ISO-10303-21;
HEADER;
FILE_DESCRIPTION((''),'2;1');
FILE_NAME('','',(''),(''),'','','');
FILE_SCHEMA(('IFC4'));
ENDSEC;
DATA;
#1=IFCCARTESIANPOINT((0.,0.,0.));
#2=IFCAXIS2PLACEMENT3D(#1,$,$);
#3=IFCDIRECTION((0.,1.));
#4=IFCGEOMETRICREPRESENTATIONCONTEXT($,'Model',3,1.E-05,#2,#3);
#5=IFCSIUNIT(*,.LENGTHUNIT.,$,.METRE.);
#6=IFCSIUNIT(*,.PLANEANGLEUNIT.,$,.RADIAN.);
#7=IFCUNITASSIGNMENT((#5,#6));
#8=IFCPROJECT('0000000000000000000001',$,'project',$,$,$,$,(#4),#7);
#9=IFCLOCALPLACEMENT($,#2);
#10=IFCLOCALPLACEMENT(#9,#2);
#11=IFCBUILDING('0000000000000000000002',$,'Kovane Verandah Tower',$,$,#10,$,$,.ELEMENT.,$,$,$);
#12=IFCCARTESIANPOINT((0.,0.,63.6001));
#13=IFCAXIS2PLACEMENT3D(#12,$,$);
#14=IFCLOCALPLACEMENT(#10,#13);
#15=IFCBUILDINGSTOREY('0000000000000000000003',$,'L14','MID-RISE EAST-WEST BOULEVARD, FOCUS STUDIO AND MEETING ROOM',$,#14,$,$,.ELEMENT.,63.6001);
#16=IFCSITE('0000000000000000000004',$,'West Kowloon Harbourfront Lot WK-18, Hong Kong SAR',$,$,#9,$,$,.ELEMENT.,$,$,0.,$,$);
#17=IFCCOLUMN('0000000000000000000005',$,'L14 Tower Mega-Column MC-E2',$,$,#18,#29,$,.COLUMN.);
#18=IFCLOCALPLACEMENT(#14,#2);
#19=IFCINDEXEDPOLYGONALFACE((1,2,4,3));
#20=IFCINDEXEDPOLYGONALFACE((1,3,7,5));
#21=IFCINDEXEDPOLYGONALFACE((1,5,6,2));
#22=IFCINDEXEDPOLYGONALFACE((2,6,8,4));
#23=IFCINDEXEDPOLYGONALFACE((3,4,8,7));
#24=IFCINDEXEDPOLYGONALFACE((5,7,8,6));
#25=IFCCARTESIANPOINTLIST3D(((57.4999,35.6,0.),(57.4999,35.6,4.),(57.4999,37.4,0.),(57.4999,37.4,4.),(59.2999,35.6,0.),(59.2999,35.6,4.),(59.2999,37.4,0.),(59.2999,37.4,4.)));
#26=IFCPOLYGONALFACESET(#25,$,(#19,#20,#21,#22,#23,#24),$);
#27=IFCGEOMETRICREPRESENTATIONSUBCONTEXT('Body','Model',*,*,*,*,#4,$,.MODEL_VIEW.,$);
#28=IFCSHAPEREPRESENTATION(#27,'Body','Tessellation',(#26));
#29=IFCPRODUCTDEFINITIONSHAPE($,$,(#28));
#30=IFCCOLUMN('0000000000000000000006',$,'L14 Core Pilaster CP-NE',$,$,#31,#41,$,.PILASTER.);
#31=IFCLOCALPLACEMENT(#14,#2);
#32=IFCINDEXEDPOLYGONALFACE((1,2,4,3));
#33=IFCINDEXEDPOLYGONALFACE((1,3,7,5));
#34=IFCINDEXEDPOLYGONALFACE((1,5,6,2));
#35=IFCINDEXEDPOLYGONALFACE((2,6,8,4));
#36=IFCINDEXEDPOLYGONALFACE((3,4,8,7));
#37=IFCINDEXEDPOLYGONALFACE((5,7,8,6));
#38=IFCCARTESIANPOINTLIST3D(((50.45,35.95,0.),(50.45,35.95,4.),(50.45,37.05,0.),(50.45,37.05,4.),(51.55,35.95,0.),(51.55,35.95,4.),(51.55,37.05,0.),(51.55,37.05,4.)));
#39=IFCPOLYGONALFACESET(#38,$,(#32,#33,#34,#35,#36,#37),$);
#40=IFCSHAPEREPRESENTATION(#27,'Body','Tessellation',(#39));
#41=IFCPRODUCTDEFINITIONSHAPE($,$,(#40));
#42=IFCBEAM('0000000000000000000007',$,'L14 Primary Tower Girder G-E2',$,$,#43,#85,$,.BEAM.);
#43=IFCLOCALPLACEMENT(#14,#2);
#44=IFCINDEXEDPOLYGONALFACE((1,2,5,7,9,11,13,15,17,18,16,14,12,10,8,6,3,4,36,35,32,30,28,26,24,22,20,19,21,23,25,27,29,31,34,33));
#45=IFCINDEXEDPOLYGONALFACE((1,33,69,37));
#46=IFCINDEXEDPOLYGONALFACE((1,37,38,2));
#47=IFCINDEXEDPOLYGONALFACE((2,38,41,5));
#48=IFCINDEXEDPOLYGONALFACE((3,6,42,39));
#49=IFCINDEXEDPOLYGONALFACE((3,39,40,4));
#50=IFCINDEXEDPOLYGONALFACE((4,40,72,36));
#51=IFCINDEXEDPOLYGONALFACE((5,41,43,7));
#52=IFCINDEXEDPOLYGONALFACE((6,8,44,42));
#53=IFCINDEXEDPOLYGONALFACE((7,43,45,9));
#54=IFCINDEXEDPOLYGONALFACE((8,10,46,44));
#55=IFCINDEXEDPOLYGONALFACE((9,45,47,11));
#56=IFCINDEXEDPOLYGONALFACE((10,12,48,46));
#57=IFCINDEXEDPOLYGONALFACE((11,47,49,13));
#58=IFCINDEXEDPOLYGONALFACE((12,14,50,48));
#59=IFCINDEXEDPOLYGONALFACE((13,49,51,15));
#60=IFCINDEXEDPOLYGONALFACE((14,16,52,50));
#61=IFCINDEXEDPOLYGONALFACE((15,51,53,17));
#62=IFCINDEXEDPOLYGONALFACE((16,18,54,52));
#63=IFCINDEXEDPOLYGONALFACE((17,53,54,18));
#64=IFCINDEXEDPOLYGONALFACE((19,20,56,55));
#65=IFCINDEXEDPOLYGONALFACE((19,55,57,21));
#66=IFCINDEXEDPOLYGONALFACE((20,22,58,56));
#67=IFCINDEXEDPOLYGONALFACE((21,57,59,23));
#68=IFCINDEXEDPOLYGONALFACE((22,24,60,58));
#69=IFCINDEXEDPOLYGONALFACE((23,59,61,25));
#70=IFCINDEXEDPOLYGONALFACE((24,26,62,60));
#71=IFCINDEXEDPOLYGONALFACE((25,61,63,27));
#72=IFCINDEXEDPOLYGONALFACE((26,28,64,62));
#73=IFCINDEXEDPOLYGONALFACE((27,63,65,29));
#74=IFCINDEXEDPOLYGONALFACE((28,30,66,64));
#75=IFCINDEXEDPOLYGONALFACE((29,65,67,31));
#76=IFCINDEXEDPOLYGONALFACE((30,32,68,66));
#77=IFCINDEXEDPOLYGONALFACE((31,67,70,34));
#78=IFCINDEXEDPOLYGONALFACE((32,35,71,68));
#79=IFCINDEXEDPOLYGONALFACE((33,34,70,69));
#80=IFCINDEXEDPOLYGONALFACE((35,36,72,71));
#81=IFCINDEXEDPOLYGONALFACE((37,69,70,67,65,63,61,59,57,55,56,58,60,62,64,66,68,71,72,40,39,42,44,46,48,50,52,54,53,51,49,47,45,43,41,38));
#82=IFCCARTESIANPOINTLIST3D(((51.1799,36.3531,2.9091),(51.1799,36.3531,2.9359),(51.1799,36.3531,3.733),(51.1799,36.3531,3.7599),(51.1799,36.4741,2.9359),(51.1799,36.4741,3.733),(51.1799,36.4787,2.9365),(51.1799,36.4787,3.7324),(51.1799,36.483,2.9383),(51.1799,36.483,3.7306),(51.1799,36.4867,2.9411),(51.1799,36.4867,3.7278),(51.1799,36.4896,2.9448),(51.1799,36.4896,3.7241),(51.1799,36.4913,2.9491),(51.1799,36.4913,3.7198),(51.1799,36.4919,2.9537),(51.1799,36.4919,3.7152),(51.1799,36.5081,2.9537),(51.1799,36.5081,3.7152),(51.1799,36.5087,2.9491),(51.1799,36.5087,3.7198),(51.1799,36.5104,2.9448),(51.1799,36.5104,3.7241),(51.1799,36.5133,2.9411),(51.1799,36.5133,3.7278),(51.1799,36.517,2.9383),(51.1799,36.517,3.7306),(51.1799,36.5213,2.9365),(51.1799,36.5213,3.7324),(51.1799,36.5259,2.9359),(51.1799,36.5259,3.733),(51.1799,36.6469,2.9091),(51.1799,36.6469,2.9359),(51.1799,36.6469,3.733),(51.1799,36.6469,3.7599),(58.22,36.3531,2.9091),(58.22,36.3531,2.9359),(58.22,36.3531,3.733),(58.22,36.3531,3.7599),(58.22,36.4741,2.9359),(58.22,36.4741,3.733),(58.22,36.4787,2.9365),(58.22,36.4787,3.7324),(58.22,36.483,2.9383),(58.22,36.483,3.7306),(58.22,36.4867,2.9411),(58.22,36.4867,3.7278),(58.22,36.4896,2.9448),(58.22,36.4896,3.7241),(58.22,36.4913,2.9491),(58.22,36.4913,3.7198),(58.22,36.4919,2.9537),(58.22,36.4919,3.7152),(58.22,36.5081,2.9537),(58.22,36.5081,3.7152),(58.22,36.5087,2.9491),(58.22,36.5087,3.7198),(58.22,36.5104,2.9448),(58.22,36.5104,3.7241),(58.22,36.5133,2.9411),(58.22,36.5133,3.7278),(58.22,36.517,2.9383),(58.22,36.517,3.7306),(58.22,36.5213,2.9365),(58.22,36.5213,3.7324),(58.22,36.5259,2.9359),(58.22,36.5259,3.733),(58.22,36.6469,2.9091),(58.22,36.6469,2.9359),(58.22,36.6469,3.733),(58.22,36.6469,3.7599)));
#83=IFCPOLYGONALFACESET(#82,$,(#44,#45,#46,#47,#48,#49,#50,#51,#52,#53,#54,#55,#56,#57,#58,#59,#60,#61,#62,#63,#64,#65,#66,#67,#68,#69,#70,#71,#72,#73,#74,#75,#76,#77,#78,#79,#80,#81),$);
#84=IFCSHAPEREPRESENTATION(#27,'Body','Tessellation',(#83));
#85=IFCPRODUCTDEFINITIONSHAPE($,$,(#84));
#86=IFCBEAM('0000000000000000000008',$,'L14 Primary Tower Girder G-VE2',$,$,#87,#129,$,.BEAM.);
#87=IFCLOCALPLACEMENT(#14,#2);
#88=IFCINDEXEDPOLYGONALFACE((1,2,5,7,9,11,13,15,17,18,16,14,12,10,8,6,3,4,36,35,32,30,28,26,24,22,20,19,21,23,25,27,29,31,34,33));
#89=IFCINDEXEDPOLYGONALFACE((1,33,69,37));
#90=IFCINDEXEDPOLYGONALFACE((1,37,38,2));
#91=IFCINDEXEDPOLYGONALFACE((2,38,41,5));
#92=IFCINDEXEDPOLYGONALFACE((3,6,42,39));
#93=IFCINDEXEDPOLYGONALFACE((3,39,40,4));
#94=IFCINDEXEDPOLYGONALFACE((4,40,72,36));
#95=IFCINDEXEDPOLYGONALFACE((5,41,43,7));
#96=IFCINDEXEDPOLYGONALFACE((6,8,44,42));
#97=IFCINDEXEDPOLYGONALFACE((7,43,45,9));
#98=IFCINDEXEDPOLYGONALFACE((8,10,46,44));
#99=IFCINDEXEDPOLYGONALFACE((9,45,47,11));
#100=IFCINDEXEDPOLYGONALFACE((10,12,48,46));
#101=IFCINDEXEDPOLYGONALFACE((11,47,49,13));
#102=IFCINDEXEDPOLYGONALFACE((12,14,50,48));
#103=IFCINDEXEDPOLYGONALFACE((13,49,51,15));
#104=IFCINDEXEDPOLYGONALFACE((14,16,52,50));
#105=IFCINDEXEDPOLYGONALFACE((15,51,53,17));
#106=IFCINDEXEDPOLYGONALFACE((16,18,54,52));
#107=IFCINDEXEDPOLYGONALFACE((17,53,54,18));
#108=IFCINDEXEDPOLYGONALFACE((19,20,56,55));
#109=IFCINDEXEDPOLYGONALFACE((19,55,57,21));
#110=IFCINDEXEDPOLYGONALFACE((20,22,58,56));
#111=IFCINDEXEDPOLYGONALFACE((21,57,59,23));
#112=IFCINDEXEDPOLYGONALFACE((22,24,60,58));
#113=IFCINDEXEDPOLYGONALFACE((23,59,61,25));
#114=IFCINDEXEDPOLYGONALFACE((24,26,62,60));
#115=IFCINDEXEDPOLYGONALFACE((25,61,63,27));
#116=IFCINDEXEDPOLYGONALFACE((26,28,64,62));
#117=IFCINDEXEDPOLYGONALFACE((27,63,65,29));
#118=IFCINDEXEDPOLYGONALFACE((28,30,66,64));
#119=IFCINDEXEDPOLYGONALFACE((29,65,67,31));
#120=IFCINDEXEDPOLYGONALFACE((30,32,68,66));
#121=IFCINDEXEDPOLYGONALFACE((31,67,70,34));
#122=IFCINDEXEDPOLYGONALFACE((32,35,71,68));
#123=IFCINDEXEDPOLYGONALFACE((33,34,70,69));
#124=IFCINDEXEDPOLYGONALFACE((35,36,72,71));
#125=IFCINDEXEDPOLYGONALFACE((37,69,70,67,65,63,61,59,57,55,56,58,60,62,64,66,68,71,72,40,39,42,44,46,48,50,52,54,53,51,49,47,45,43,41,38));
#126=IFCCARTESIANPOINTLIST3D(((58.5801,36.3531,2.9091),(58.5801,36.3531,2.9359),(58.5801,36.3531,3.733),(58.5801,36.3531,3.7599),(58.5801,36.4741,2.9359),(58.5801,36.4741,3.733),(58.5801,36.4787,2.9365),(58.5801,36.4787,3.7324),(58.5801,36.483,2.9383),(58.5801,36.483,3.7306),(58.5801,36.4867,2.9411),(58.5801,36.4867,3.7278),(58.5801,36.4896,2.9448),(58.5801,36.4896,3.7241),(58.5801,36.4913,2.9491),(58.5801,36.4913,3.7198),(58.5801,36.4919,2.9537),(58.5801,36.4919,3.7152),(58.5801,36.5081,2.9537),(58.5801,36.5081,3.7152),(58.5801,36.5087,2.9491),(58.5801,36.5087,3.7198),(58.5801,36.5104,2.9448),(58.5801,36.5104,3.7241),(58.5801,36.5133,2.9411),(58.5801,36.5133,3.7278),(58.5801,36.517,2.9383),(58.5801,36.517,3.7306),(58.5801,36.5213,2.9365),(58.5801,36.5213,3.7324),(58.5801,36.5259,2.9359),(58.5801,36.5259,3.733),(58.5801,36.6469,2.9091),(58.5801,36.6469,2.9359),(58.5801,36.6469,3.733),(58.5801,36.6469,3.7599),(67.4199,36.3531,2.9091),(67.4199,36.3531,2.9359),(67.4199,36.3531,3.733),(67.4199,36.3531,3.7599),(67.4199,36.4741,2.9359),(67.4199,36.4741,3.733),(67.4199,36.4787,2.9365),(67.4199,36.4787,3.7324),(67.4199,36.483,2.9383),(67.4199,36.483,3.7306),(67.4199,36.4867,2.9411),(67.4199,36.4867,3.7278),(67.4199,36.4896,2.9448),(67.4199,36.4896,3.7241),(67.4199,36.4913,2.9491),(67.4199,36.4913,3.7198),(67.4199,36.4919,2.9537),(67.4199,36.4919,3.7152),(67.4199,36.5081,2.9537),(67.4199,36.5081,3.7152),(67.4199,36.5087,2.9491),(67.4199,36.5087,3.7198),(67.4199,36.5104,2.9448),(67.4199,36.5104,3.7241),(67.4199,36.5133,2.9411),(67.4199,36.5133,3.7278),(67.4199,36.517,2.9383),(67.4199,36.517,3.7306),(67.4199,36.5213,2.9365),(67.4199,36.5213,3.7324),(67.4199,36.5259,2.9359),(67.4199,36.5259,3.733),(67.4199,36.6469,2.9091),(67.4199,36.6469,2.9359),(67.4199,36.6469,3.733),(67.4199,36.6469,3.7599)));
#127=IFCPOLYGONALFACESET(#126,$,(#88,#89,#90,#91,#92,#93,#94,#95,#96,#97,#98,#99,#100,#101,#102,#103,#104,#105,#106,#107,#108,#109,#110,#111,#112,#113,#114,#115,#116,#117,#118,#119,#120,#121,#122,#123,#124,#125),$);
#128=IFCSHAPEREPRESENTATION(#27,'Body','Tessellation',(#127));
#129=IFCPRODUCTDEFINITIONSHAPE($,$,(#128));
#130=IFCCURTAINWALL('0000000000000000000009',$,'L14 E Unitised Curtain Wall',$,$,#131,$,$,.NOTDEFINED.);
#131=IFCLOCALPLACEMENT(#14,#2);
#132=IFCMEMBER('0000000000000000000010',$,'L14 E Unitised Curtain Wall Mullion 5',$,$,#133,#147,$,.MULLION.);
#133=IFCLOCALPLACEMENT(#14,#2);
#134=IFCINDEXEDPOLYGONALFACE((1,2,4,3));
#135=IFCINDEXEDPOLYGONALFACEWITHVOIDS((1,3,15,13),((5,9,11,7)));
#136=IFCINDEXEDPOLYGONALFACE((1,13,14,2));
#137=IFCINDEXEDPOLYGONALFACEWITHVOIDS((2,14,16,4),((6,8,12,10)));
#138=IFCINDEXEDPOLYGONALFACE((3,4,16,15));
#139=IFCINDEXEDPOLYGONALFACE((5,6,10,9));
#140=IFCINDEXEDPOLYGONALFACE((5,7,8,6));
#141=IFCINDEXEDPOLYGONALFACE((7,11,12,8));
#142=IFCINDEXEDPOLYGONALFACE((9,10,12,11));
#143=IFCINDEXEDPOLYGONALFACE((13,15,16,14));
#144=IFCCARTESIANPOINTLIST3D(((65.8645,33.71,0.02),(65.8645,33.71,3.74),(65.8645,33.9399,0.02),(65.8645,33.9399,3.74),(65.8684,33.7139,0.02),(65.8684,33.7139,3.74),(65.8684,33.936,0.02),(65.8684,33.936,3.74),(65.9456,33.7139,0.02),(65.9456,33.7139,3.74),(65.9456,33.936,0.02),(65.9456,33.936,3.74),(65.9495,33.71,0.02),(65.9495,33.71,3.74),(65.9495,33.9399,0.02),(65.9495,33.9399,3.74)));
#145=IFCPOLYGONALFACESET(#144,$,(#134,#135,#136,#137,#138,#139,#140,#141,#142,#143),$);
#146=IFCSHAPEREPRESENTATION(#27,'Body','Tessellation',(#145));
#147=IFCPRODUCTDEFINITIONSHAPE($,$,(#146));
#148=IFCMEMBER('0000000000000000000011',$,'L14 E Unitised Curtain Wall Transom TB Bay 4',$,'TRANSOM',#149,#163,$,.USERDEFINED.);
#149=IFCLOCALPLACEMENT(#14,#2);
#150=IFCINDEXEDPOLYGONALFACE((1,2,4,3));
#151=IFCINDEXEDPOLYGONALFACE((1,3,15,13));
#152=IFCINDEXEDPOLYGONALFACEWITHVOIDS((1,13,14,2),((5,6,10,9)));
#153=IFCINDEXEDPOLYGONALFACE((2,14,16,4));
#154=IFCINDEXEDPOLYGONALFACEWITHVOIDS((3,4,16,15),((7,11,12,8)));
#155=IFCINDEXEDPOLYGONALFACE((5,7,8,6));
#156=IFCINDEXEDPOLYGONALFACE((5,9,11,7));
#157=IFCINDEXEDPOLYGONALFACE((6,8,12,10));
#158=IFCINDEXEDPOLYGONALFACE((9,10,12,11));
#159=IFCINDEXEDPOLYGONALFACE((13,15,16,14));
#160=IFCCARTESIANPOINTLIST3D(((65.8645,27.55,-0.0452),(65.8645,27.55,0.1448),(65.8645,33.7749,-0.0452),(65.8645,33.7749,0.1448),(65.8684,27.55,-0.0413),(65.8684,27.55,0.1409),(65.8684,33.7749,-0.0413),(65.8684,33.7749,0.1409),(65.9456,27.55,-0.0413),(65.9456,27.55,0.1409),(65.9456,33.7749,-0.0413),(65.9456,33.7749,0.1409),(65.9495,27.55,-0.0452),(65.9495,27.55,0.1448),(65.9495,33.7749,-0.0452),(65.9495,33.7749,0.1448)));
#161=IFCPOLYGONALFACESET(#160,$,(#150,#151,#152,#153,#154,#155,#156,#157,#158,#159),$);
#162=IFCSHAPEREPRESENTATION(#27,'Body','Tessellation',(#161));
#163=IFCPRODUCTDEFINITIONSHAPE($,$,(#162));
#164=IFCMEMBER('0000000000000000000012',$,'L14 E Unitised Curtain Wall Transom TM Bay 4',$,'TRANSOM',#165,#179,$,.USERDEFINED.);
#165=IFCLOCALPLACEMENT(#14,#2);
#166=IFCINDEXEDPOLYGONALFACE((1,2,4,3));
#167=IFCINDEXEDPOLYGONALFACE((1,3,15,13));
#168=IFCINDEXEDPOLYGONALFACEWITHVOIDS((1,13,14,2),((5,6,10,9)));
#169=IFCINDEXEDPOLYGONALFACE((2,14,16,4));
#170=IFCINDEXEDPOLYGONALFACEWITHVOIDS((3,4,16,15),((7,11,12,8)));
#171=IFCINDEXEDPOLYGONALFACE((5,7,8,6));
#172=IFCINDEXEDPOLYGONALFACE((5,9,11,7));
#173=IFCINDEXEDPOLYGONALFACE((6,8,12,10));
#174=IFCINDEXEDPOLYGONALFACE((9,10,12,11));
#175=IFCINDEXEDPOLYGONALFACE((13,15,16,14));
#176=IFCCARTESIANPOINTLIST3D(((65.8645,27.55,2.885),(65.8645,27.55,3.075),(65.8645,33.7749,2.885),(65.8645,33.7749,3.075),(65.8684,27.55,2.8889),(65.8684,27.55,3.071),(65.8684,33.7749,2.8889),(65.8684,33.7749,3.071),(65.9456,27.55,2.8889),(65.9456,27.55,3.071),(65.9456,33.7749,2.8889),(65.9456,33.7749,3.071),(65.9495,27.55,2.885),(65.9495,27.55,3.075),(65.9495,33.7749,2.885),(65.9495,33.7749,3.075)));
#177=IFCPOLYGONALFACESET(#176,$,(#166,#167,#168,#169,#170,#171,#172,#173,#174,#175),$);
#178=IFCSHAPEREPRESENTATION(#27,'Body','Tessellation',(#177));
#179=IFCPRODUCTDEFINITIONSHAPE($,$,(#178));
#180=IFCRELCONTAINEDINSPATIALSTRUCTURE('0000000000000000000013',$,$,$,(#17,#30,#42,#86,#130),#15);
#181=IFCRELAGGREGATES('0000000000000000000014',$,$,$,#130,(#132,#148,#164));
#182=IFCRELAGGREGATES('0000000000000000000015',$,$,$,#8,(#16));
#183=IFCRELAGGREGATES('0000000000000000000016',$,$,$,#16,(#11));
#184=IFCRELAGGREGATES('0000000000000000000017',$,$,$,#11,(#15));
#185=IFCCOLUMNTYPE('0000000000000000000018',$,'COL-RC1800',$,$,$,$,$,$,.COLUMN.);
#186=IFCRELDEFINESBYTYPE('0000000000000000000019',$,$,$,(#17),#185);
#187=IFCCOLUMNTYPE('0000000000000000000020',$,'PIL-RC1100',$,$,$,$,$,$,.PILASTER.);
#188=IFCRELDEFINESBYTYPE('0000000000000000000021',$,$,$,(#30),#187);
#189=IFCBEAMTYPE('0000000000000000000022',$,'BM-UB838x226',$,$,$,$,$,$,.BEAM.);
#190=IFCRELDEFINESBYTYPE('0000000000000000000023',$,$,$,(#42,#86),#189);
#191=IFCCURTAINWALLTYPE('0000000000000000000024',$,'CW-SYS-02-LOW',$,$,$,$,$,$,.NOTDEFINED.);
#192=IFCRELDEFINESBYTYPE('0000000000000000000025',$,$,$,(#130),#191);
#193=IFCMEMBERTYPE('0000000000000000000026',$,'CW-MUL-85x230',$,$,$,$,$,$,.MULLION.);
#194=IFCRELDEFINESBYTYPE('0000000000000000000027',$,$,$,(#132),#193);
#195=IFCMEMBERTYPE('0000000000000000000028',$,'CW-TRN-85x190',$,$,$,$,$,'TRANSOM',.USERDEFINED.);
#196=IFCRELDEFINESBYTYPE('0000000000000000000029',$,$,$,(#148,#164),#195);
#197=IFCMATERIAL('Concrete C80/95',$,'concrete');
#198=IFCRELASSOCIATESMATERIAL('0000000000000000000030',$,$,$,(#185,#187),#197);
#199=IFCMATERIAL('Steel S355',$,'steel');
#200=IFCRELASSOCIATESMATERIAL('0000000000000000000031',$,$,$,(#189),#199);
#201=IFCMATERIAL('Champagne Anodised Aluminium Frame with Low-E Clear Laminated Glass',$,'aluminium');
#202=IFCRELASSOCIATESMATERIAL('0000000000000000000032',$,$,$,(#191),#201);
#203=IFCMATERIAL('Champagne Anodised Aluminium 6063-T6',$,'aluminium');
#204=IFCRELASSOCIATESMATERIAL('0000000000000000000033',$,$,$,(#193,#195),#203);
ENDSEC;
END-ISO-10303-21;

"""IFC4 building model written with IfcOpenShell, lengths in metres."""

from ifc_helpers import new_model, si_unit, direction, frame, origin, origin_2d, place, context, subcontext, project, spatial, rectangle, hollow_rectangle, i_section, extrude, material, material_profile, profile_set, type_object, element, aggregate, save


model = new_model("IFC4")

# Units and contexts
model_context = context("Model", 3, precision=1e-05, world=origin(), true_north=direction((0.0, 1.0)))
body_context = subcontext(model_context, "Body", "Model", "MODEL_VIEW")
ifc_project = project(units=[si_unit("LENGTHUNIT", "METRE"), si_unit("PLANEANGLEUNIT", "RADIAN")], contexts=[model_context])

# Site, building, storey
site_placement = place(None, origin())
site = spatial("IfcSite", under=ifc_project, at=site_placement, Name="West Kowloon Harbourfront Lot WK-18, Hong Kong SAR", CompositionType="ELEMENT", RefElevation=0.0)
building_placement = place(site_placement, origin())
building = spatial("IfcBuilding", under=site, at=building_placement, Name="Kovane Verandah Tower", CompositionType="ELEMENT")
storey_placement = place(building_placement, frame((0.0, 0.0, 63.6001)))
storey = spatial("IfcBuildingStorey", under=building, at=storey_placement, Name="L14", Description="MID-RISE EAST-WEST BOULEVARD, FOCUS STUDIO AND MEETING ROOM", CompositionType="ELEMENT", Elevation=63.6001)

# Columns
ifc_material_1 = material(Name="Concrete C80/95", Category="concrete")
ifc_material_profile_1 = material_profile(ifc_material_1, rectangle(XDim=1.8, YDim=1.8, at=origin_2d()), Name="RC1800x1800")
ifc_profile_set_1 = profile_set([ifc_material_profile_1], Name="Concrete C80/95")
column_type_1 = type_object("IfcColumnType", Name="COL-RC1800", PredefinedType="COLUMN", material=ifc_profile_set_1)
column_1_placement = place(storey_placement, frame((58.3999, 36.5, 0.0), z_axis=(0.0, 0.0, 1.0), x_axis=(1.0, 0.0, 0.0)))
element("IfcColumn", 1, at=column_1_placement, inside=storey, type_object=column_type_1, Name="L14 Tower Mega-Column MC-E2", PredefinedType="COLUMN", context=body_context, shape_type="SweptSolid", body=[
    extrude(rectangle(XDim=1.8, YDim=1.8, at=origin_2d()), origin(), (0.0, 0.0, 1.0), 4.0),
])
ifc_material_profile_2 = material_profile(ifc_material_1, rectangle(XDim=1.1001, YDim=1.1001, at=origin_2d()), Name="RC1100x1100")
ifc_profile_set_2 = profile_set([ifc_material_profile_2], Name="Concrete C80/95")
column_type_2 = type_object("IfcColumnType", Name="PIL-RC1100", PredefinedType="PILASTER", material=ifc_profile_set_2)
column_2_placement = place(storey_placement, frame((51.0, 36.5, 0.0), z_axis=(0.0, 0.0, 1.0), x_axis=(1.0, 0.0, 0.0)))
element("IfcColumn", 2, at=column_2_placement, inside=storey, type_object=column_type_2, Name="L14 Core Pilaster CP-NE", PredefinedType="PILASTER", context=body_context, shape_type="SweptSolid", body=[
    extrude(rectangle(XDim=1.1001, YDim=1.1001, at=origin_2d()), origin(), (0.0, 0.0, 1.0), 4.0),
])

# Beams
ifc_material_2 = material(Name="Steel S355", Category="steel")
ifc_material_profile_3 = material_profile(ifc_material_2, i_section(OverallWidth=0.2937, OverallDepth=0.8508, WebThickness=0.0161, FlangeThickness=0.0269, FilletRadius=0.0178, at=origin_2d()), Name="UB838x292x226")
ifc_profile_set_3 = profile_set([ifc_material_profile_3], Name="Steel S355")
beam_type = type_object("IfcBeamType", Name="BM-UB838x226", PredefinedType="BEAM", material=ifc_profile_set_3)
beam_1_placement = place(storey_placement, frame((51.1799, 36.5, 3.3345), z_axis=(1.0, 0.0, 0.0), x_axis=(0.0, 1.0, 0.0)))
element("IfcBeam", 3, at=beam_1_placement, inside=storey, type_object=beam_type, Name="L14 Primary Tower Girder G-E2", PredefinedType="BEAM", context=body_context, shape_type="SweptSolid", body=[
    extrude(i_section(OverallWidth=0.2937, OverallDepth=0.8508, WebThickness=0.0161, FlangeThickness=0.0269, FilletRadius=0.0178, at=origin_2d()), origin(), (0.0, 0.0, 1.0), 7.04),
])
beam_2_placement = place(storey_placement, frame((58.5801, 36.5, 3.3345), z_axis=(1.0, 0.0, 0.0), x_axis=(0.0, 1.0, 0.0)))
element("IfcBeam", 4, at=beam_2_placement, inside=storey, type_object=beam_type, Name="L14 Primary Tower Girder G-VE2", PredefinedType="BEAM", context=body_context, shape_type="SweptSolid", body=[
    extrude(i_section(OverallWidth=0.2937, OverallDepth=0.8508, WebThickness=0.0161, FlangeThickness=0.0269, FilletRadius=0.0178, at=origin_2d()), origin(), (0.0, 0.0, 1.0), 8.8398),
])

# Curtain wall, members
ifc_material_3 = material(Name="Champagne Anodised Aluminium Frame with Low-E Clear Laminated Glass", Category="aluminium")
curtain_wall_type = type_object("IfcCurtainWallType", Name="CW-SYS-02-LOW", PredefinedType="NOTDEFINED", material=ifc_material_3)
curtain_wall_placement = place(storey_placement, origin())
curtain_wall = element("IfcCurtainWall", 5, at=curtain_wall_placement, inside=storey, type_object=curtain_wall_type, Name="L14 E Unitised Curtain Wall", PredefinedType="NOTDEFINED")
ifc_material_4 = material(Name="Champagne Anodised Aluminium 6063-T6", Category="aluminium")
ifc_material_profile_4 = material_profile(ifc_material_4, hollow_rectangle(XDim=0.085, YDim=0.23, WallThickness=0.0039, at=origin_2d()), Name="AL85x230x4")
ifc_profile_set_4 = profile_set([ifc_material_profile_4], Name="Champagne Anodised Aluminium 6063-T6")
member_type_1 = type_object("IfcMemberType", Name="CW-MUL-85x230", PredefinedType="MULLION", material=ifc_profile_set_4)
member_1_placement = place(storey_placement, frame((65.907, 33.825, 0.02), z_axis=(0.0, 0.0, 1.0), x_axis=(1.0, 0.0, 0.0)))
member_1 = element("IfcMember", 6, at=member_1_placement, type_object=member_type_1, Name="L14 E Unitised Curtain Wall Mullion 5", PredefinedType="MULLION", context=body_context, shape_type="SweptSolid", body=[
    extrude(hollow_rectangle(XDim=0.085, YDim=0.23, WallThickness=0.0039, at=origin_2d()), origin(), (0.0, 0.0, 1.0), 3.72),
])
ifc_material_profile_5 = material_profile(ifc_material_4, hollow_rectangle(XDim=0.085, YDim=0.1899, WallThickness=0.0039, at=origin_2d()), Name="AL85x190x4")
ifc_profile_set_5 = profile_set([ifc_material_profile_5], Name="Champagne Anodised Aluminium 6063-T6")
member_type_2 = type_object("IfcMemberType", Name="CW-TRN-85x190", ElementType="TRANSOM", PredefinedType="USERDEFINED", material=ifc_profile_set_5)
member_2_placement = place(storey_placement, frame((65.907, 27.55, 0.0498), z_axis=(0.0, 1.0, 0.0), x_axis=(-1.0, 0.0, 0.0)))
member_2 = element("IfcMember", 7, at=member_2_placement, type_object=member_type_2, Name="L14 E Unitised Curtain Wall Transom TB Bay 4", ObjectType="TRANSOM", PredefinedType="USERDEFINED", context=body_context, shape_type="SweptSolid", body=[
    extrude(hollow_rectangle(XDim=0.085, YDim=0.1899, WallThickness=0.0039, at=origin_2d()), origin(), (0.0, 0.0, 1.0), 6.2249),
])
member_3_placement = place(storey_placement, frame((65.907, 27.55, 2.98), z_axis=(0.0, 1.0, 0.0), x_axis=(-1.0, 0.0, 0.0)))
member_3 = element("IfcMember", 8, at=member_3_placement, type_object=member_type_2, Name="L14 E Unitised Curtain Wall Transom TM Bay 4", ObjectType="TRANSOM", PredefinedType="USERDEFINED", context=body_context, shape_type="SweptSolid", body=[
    extrude(hollow_rectangle(XDim=0.085, YDim=0.1899, WallThickness=0.0039, at=origin_2d()), origin(), (0.0, 0.0, 1.0), 6.2249),
])
aggregate(curtain_wall, [member_1, member_2, member_3])

save(model, "model.ifc")
